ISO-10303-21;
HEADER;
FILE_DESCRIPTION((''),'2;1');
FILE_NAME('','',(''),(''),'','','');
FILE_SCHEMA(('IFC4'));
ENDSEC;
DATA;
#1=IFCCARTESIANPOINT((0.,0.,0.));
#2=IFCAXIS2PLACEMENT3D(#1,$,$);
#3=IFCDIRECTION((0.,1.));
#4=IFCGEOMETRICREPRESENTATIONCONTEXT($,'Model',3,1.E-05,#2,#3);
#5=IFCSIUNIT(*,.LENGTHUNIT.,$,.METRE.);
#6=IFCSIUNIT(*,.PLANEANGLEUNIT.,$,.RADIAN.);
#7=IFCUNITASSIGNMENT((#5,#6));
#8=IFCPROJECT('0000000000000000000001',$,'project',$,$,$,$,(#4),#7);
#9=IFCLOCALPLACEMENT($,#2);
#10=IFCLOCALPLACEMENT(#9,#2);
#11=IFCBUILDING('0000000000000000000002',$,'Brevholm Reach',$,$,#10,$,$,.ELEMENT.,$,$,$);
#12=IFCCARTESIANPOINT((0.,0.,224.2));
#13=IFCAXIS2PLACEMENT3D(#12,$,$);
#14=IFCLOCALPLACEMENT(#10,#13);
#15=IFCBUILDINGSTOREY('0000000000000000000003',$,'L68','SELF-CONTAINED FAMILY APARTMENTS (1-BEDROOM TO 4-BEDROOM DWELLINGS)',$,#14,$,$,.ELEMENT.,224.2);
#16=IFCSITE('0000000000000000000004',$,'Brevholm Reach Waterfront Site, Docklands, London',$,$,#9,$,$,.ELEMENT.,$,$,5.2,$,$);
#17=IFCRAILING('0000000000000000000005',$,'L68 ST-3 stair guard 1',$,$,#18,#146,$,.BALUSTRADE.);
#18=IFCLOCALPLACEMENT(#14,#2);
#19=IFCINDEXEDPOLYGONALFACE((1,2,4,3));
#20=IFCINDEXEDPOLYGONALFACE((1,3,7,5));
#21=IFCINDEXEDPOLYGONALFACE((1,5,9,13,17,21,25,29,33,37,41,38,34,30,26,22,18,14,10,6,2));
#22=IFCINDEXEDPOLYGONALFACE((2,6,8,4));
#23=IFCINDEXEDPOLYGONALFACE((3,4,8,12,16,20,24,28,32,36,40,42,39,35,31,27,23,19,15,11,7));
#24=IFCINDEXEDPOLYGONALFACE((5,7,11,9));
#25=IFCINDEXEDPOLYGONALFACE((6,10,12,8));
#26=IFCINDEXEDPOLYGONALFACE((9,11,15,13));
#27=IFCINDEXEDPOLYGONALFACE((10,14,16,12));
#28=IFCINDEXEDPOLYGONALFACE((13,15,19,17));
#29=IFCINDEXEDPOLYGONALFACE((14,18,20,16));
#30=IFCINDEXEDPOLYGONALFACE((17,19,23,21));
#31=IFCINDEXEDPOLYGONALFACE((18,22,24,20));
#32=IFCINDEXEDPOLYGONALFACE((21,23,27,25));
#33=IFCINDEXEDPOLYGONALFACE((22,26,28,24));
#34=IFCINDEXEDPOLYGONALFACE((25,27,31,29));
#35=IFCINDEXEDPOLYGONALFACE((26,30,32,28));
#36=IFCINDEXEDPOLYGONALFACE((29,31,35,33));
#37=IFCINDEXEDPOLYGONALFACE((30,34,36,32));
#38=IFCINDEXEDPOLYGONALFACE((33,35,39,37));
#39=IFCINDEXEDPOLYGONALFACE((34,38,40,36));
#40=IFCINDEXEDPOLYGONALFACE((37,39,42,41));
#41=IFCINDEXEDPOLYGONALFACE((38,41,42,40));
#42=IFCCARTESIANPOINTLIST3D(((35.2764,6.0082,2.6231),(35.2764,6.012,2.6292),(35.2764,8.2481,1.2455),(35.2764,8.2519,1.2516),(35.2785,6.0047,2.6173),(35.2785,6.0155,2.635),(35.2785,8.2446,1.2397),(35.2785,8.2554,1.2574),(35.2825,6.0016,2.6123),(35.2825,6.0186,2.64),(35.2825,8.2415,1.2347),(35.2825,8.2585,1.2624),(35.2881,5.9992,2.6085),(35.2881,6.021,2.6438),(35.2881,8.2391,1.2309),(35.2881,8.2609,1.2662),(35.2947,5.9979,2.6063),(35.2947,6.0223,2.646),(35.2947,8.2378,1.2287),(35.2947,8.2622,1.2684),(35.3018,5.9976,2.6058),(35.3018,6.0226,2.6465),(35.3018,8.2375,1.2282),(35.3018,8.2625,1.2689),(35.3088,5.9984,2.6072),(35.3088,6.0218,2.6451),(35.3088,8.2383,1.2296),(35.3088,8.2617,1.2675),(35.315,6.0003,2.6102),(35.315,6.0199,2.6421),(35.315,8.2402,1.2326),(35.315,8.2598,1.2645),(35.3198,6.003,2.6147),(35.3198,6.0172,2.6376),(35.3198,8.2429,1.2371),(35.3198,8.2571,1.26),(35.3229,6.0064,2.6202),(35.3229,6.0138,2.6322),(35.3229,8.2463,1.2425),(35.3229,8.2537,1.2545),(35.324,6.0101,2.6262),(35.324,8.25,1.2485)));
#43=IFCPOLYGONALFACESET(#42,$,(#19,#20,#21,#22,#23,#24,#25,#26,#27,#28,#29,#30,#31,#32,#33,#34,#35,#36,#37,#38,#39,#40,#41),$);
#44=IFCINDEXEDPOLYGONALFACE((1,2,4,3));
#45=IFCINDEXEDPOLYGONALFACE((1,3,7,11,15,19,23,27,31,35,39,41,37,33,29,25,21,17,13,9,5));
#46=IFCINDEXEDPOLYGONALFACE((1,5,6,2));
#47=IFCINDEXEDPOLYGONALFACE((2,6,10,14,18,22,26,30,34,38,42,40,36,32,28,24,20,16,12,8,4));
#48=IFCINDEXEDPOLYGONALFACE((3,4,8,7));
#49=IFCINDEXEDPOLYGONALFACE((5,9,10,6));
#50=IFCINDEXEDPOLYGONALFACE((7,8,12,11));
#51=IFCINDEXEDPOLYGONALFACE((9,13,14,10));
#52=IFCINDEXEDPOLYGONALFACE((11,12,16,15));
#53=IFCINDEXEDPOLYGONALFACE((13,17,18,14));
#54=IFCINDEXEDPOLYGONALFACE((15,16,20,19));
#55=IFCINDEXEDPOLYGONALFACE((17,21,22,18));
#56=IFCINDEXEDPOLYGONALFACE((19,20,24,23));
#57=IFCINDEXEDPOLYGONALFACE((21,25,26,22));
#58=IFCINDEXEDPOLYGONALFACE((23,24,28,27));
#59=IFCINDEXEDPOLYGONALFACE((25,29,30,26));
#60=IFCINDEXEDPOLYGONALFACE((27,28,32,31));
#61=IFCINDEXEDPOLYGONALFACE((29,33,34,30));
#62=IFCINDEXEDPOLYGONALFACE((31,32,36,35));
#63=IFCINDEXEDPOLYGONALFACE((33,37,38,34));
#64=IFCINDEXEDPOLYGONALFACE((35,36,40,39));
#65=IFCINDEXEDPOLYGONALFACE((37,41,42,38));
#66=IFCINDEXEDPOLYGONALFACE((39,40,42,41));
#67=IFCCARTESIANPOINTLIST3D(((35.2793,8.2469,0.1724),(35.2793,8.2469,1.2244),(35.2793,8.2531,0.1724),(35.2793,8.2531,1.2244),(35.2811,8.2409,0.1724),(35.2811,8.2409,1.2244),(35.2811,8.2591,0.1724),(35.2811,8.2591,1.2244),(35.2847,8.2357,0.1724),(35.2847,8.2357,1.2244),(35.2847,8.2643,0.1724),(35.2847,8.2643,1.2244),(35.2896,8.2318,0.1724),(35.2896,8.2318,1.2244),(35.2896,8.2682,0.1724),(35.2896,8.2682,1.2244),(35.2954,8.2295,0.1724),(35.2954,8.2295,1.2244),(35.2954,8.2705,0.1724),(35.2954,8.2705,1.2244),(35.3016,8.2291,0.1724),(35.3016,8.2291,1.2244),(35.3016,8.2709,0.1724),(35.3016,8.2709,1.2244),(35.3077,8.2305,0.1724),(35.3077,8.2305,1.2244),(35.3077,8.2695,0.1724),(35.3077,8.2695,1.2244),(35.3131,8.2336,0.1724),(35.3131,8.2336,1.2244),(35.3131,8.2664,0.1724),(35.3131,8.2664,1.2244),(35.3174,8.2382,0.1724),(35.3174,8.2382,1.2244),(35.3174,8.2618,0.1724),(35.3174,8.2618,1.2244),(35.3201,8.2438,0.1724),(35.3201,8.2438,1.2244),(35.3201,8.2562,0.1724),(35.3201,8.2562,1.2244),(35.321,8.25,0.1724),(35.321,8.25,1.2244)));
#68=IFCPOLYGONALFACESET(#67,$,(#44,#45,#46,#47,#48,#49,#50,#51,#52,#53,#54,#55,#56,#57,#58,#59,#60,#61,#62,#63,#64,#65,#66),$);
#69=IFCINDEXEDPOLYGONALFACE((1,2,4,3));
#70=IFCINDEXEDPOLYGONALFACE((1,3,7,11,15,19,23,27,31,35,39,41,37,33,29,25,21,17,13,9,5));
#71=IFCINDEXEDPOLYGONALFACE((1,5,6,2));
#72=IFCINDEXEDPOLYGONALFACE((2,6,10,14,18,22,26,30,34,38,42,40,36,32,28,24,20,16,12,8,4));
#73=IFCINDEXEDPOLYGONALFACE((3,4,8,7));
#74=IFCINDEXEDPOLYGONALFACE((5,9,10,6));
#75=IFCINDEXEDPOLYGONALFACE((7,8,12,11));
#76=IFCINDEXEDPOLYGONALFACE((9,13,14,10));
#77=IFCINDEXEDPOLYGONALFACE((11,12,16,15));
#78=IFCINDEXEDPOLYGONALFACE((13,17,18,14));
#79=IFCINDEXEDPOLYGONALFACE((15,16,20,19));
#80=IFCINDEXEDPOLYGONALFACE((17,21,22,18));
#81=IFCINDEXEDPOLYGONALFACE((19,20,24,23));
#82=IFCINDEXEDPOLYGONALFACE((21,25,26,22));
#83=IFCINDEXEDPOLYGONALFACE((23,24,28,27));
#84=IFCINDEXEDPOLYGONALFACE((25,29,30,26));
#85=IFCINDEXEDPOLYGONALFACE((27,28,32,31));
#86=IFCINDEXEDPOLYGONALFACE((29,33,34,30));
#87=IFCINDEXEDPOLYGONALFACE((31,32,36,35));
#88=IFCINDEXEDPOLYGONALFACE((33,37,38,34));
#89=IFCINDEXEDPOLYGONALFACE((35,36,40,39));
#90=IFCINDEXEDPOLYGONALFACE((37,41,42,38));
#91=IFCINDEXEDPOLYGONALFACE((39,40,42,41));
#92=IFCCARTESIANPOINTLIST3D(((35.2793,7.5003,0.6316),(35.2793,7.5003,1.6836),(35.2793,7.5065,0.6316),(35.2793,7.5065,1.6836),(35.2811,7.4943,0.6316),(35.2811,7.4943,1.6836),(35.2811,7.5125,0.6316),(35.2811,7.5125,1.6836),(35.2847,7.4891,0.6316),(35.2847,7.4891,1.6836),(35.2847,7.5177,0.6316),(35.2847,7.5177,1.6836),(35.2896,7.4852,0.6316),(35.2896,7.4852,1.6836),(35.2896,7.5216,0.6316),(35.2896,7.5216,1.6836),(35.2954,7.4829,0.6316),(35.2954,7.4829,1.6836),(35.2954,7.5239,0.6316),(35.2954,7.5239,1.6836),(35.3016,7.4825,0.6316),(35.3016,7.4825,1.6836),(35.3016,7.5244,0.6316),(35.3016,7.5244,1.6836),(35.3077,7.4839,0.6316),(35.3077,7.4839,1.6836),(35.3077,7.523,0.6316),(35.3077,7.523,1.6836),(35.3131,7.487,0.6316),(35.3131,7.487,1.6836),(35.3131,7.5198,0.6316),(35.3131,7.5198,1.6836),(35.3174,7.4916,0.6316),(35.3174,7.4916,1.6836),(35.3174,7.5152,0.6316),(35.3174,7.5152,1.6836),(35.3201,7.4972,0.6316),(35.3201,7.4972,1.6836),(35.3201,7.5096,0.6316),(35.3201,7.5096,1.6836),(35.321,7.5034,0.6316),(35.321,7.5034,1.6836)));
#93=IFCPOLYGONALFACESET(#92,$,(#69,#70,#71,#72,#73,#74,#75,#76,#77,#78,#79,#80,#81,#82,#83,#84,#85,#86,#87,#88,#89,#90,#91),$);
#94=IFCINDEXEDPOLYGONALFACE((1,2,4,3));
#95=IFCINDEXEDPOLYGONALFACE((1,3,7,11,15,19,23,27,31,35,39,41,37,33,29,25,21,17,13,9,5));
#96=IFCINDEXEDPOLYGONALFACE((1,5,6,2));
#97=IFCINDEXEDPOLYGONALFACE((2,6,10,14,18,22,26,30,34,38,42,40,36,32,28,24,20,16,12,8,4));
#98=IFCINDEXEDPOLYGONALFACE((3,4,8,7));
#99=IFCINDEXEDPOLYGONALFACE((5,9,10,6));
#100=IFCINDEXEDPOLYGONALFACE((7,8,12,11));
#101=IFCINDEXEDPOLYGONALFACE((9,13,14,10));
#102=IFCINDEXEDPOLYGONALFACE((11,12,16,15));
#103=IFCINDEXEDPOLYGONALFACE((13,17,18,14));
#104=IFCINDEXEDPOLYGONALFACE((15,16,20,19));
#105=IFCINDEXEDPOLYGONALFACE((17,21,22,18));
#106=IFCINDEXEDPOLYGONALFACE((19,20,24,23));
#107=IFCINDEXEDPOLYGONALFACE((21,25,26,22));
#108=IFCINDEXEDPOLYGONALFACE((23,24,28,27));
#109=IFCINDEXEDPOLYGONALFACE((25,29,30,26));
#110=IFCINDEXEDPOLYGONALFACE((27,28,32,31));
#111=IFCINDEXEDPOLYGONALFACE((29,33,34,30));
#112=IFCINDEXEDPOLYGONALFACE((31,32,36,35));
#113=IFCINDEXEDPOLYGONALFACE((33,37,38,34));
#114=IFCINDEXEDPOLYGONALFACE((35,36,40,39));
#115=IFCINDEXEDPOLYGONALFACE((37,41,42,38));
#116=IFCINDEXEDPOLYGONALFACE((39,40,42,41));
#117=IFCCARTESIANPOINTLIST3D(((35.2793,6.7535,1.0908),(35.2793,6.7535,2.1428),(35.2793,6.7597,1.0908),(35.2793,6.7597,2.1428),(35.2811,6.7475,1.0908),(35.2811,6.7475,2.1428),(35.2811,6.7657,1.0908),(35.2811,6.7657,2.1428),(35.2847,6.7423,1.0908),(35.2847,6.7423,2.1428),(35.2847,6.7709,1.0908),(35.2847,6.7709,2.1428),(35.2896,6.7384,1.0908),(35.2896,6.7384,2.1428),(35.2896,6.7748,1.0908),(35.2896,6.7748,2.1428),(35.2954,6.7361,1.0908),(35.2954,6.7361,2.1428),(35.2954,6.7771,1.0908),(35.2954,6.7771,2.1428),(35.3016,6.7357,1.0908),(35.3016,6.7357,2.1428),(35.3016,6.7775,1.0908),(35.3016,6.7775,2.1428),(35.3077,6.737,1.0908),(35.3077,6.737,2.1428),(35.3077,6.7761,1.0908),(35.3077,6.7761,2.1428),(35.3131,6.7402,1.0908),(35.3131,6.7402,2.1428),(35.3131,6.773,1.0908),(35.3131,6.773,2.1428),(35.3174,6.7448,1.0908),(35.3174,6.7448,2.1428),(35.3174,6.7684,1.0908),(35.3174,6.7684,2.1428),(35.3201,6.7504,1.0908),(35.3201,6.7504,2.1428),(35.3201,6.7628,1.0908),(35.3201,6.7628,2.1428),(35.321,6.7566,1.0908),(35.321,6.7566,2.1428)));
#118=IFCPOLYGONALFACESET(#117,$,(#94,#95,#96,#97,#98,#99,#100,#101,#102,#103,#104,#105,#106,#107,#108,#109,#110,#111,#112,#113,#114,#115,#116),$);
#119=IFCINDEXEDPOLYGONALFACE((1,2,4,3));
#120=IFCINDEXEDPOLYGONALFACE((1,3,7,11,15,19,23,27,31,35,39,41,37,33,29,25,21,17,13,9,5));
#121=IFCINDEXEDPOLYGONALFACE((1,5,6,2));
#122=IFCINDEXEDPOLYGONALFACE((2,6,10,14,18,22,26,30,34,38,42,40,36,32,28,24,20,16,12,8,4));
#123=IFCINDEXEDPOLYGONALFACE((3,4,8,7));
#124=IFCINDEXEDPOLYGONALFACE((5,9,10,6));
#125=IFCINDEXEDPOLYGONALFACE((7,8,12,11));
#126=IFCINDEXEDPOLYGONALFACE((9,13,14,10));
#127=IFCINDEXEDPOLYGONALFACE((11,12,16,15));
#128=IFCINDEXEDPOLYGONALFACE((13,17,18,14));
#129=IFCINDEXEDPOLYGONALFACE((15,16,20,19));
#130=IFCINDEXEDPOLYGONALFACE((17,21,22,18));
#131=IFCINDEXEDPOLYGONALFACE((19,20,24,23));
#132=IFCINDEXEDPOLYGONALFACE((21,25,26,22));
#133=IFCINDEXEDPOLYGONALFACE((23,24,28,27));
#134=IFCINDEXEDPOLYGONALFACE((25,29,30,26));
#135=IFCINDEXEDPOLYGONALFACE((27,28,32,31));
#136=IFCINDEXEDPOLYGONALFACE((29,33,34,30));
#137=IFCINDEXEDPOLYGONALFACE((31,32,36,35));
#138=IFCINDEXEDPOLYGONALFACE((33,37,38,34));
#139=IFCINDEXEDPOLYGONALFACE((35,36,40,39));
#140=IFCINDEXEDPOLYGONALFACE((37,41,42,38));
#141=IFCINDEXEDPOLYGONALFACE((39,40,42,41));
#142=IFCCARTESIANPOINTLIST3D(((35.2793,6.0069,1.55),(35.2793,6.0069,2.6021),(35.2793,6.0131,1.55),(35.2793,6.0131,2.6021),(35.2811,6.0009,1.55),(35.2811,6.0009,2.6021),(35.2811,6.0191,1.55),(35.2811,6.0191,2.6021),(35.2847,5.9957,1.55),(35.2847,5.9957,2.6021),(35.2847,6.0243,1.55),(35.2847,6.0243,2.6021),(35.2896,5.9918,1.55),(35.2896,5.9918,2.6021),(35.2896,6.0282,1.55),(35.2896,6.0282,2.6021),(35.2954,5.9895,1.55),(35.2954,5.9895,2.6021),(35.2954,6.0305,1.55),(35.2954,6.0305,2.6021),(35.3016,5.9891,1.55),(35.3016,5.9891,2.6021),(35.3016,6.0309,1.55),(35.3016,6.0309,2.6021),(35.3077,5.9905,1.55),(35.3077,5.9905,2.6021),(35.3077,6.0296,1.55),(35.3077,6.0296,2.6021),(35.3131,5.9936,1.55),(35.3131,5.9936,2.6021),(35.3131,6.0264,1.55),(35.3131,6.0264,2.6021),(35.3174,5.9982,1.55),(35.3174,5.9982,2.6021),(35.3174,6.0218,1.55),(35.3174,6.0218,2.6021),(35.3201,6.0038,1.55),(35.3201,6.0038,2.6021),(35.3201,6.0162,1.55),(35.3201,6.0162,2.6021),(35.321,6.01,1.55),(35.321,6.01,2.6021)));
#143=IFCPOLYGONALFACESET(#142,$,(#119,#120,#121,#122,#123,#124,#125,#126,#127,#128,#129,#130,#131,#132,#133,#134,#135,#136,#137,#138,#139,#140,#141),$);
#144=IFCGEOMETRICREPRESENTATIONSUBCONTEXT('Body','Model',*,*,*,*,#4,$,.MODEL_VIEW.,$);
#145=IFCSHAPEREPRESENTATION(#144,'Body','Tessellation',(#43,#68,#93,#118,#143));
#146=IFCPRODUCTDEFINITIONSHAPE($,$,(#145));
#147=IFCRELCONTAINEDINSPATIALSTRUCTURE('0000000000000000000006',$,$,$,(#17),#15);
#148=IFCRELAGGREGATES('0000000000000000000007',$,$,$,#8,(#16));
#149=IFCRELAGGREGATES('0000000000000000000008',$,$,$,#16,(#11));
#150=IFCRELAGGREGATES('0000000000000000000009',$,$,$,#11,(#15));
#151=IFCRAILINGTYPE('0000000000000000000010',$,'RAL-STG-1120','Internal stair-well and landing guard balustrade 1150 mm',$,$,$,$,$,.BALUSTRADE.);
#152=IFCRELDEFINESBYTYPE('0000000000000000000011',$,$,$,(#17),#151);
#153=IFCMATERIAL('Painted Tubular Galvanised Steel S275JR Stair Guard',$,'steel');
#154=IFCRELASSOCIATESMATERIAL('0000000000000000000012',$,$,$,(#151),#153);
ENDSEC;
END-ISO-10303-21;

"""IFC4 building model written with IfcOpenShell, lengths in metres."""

from ifc_helpers import new_model, si_unit, direction, frame, origin, origin_2d, place, context, subcontext, project, spatial, circle, extrude, material, type_object, element, save


model = new_model("IFC4")

# Units and contexts
model_context = context("Model", 3, precision=1e-05, world=origin(), true_north=direction((0.0, 1.0)))
body_context = subcontext(model_context, "Body", "Model", "MODEL_VIEW")
ifc_project = project(units=[si_unit("LENGTHUNIT", "METRE"), si_unit("PLANEANGLEUNIT", "RADIAN")], contexts=[model_context])

# Site, building, storey
site_placement = place(None, origin())
site = spatial("IfcSite", under=ifc_project, at=site_placement, Name="Brevholm Reach Waterfront Site, Docklands, London", CompositionType="ELEMENT", RefElevation=5.2)
building_placement = place(site_placement, origin())
building = spatial("IfcBuilding", under=site, at=building_placement, Name="Brevholm Reach", CompositionType="ELEMENT")
storey_placement = place(building_placement, frame((0.0, 0.0, 224.2)))
storey = spatial("IfcBuildingStorey", under=building, at=storey_placement, Name="L68", Description="SELF-CONTAINED FAMILY APARTMENTS (1-BEDROOM TO 4-BEDROOM DWELLINGS)", CompositionType="ELEMENT", Elevation=224.2)

# Railing
ifc_material_1 = material(Name="Painted Tubular Galvanised Steel S275JR Stair Guard", Category="steel")
railing_type_1 = type_object("IfcRailingType", Name="RAL-STG-1120", Description="Internal stair-well and landing guard balustrade 1150 mm", PredefinedType="BALUSTRADE", material=ifc_material_1)
railing_1_placement = place(storey_placement, frame((35.3, 8.25, 0.1724)))
element("IfcRailing", 1, at=railing_1_placement, inside=storey, type_object=railing_type_1, Name="L68 ST-3 stair guard 1", PredefinedType="BALUSTRADE", context=body_context, shape_type="SweptSolid", body=[
    extrude(circle(Radius=0.0239, at=origin_2d()), frame((0.0, 0.0, 1.0762), z_axis=(0.0, -0.851789, 0.523885), x_axis=(1.0, 0.0, 0.0)), (0.0, 0.0, 1.0), 2.6296),
    extrude(circle(Radius=0.021, at=origin_2d()), origin(), (0.0, 0.0, 1.0), 1.052),
    extrude(circle(Radius=0.021, at=origin_2d()), frame((0.0, -0.7466, 0.4592)), (0.0, 0.0, 1.0), 1.052),
    extrude(circle(Radius=0.021, at=origin_2d()), frame((0.0, -1.4934, 0.9185)), (0.0, 0.0, 1.0), 1.052),
    extrude(circle(Radius=0.021, at=origin_2d()), frame((0.0, -2.24, 1.3777)), (0.0, 0.0, 1.0), 1.052),
])

save(model, "model.ifc")
